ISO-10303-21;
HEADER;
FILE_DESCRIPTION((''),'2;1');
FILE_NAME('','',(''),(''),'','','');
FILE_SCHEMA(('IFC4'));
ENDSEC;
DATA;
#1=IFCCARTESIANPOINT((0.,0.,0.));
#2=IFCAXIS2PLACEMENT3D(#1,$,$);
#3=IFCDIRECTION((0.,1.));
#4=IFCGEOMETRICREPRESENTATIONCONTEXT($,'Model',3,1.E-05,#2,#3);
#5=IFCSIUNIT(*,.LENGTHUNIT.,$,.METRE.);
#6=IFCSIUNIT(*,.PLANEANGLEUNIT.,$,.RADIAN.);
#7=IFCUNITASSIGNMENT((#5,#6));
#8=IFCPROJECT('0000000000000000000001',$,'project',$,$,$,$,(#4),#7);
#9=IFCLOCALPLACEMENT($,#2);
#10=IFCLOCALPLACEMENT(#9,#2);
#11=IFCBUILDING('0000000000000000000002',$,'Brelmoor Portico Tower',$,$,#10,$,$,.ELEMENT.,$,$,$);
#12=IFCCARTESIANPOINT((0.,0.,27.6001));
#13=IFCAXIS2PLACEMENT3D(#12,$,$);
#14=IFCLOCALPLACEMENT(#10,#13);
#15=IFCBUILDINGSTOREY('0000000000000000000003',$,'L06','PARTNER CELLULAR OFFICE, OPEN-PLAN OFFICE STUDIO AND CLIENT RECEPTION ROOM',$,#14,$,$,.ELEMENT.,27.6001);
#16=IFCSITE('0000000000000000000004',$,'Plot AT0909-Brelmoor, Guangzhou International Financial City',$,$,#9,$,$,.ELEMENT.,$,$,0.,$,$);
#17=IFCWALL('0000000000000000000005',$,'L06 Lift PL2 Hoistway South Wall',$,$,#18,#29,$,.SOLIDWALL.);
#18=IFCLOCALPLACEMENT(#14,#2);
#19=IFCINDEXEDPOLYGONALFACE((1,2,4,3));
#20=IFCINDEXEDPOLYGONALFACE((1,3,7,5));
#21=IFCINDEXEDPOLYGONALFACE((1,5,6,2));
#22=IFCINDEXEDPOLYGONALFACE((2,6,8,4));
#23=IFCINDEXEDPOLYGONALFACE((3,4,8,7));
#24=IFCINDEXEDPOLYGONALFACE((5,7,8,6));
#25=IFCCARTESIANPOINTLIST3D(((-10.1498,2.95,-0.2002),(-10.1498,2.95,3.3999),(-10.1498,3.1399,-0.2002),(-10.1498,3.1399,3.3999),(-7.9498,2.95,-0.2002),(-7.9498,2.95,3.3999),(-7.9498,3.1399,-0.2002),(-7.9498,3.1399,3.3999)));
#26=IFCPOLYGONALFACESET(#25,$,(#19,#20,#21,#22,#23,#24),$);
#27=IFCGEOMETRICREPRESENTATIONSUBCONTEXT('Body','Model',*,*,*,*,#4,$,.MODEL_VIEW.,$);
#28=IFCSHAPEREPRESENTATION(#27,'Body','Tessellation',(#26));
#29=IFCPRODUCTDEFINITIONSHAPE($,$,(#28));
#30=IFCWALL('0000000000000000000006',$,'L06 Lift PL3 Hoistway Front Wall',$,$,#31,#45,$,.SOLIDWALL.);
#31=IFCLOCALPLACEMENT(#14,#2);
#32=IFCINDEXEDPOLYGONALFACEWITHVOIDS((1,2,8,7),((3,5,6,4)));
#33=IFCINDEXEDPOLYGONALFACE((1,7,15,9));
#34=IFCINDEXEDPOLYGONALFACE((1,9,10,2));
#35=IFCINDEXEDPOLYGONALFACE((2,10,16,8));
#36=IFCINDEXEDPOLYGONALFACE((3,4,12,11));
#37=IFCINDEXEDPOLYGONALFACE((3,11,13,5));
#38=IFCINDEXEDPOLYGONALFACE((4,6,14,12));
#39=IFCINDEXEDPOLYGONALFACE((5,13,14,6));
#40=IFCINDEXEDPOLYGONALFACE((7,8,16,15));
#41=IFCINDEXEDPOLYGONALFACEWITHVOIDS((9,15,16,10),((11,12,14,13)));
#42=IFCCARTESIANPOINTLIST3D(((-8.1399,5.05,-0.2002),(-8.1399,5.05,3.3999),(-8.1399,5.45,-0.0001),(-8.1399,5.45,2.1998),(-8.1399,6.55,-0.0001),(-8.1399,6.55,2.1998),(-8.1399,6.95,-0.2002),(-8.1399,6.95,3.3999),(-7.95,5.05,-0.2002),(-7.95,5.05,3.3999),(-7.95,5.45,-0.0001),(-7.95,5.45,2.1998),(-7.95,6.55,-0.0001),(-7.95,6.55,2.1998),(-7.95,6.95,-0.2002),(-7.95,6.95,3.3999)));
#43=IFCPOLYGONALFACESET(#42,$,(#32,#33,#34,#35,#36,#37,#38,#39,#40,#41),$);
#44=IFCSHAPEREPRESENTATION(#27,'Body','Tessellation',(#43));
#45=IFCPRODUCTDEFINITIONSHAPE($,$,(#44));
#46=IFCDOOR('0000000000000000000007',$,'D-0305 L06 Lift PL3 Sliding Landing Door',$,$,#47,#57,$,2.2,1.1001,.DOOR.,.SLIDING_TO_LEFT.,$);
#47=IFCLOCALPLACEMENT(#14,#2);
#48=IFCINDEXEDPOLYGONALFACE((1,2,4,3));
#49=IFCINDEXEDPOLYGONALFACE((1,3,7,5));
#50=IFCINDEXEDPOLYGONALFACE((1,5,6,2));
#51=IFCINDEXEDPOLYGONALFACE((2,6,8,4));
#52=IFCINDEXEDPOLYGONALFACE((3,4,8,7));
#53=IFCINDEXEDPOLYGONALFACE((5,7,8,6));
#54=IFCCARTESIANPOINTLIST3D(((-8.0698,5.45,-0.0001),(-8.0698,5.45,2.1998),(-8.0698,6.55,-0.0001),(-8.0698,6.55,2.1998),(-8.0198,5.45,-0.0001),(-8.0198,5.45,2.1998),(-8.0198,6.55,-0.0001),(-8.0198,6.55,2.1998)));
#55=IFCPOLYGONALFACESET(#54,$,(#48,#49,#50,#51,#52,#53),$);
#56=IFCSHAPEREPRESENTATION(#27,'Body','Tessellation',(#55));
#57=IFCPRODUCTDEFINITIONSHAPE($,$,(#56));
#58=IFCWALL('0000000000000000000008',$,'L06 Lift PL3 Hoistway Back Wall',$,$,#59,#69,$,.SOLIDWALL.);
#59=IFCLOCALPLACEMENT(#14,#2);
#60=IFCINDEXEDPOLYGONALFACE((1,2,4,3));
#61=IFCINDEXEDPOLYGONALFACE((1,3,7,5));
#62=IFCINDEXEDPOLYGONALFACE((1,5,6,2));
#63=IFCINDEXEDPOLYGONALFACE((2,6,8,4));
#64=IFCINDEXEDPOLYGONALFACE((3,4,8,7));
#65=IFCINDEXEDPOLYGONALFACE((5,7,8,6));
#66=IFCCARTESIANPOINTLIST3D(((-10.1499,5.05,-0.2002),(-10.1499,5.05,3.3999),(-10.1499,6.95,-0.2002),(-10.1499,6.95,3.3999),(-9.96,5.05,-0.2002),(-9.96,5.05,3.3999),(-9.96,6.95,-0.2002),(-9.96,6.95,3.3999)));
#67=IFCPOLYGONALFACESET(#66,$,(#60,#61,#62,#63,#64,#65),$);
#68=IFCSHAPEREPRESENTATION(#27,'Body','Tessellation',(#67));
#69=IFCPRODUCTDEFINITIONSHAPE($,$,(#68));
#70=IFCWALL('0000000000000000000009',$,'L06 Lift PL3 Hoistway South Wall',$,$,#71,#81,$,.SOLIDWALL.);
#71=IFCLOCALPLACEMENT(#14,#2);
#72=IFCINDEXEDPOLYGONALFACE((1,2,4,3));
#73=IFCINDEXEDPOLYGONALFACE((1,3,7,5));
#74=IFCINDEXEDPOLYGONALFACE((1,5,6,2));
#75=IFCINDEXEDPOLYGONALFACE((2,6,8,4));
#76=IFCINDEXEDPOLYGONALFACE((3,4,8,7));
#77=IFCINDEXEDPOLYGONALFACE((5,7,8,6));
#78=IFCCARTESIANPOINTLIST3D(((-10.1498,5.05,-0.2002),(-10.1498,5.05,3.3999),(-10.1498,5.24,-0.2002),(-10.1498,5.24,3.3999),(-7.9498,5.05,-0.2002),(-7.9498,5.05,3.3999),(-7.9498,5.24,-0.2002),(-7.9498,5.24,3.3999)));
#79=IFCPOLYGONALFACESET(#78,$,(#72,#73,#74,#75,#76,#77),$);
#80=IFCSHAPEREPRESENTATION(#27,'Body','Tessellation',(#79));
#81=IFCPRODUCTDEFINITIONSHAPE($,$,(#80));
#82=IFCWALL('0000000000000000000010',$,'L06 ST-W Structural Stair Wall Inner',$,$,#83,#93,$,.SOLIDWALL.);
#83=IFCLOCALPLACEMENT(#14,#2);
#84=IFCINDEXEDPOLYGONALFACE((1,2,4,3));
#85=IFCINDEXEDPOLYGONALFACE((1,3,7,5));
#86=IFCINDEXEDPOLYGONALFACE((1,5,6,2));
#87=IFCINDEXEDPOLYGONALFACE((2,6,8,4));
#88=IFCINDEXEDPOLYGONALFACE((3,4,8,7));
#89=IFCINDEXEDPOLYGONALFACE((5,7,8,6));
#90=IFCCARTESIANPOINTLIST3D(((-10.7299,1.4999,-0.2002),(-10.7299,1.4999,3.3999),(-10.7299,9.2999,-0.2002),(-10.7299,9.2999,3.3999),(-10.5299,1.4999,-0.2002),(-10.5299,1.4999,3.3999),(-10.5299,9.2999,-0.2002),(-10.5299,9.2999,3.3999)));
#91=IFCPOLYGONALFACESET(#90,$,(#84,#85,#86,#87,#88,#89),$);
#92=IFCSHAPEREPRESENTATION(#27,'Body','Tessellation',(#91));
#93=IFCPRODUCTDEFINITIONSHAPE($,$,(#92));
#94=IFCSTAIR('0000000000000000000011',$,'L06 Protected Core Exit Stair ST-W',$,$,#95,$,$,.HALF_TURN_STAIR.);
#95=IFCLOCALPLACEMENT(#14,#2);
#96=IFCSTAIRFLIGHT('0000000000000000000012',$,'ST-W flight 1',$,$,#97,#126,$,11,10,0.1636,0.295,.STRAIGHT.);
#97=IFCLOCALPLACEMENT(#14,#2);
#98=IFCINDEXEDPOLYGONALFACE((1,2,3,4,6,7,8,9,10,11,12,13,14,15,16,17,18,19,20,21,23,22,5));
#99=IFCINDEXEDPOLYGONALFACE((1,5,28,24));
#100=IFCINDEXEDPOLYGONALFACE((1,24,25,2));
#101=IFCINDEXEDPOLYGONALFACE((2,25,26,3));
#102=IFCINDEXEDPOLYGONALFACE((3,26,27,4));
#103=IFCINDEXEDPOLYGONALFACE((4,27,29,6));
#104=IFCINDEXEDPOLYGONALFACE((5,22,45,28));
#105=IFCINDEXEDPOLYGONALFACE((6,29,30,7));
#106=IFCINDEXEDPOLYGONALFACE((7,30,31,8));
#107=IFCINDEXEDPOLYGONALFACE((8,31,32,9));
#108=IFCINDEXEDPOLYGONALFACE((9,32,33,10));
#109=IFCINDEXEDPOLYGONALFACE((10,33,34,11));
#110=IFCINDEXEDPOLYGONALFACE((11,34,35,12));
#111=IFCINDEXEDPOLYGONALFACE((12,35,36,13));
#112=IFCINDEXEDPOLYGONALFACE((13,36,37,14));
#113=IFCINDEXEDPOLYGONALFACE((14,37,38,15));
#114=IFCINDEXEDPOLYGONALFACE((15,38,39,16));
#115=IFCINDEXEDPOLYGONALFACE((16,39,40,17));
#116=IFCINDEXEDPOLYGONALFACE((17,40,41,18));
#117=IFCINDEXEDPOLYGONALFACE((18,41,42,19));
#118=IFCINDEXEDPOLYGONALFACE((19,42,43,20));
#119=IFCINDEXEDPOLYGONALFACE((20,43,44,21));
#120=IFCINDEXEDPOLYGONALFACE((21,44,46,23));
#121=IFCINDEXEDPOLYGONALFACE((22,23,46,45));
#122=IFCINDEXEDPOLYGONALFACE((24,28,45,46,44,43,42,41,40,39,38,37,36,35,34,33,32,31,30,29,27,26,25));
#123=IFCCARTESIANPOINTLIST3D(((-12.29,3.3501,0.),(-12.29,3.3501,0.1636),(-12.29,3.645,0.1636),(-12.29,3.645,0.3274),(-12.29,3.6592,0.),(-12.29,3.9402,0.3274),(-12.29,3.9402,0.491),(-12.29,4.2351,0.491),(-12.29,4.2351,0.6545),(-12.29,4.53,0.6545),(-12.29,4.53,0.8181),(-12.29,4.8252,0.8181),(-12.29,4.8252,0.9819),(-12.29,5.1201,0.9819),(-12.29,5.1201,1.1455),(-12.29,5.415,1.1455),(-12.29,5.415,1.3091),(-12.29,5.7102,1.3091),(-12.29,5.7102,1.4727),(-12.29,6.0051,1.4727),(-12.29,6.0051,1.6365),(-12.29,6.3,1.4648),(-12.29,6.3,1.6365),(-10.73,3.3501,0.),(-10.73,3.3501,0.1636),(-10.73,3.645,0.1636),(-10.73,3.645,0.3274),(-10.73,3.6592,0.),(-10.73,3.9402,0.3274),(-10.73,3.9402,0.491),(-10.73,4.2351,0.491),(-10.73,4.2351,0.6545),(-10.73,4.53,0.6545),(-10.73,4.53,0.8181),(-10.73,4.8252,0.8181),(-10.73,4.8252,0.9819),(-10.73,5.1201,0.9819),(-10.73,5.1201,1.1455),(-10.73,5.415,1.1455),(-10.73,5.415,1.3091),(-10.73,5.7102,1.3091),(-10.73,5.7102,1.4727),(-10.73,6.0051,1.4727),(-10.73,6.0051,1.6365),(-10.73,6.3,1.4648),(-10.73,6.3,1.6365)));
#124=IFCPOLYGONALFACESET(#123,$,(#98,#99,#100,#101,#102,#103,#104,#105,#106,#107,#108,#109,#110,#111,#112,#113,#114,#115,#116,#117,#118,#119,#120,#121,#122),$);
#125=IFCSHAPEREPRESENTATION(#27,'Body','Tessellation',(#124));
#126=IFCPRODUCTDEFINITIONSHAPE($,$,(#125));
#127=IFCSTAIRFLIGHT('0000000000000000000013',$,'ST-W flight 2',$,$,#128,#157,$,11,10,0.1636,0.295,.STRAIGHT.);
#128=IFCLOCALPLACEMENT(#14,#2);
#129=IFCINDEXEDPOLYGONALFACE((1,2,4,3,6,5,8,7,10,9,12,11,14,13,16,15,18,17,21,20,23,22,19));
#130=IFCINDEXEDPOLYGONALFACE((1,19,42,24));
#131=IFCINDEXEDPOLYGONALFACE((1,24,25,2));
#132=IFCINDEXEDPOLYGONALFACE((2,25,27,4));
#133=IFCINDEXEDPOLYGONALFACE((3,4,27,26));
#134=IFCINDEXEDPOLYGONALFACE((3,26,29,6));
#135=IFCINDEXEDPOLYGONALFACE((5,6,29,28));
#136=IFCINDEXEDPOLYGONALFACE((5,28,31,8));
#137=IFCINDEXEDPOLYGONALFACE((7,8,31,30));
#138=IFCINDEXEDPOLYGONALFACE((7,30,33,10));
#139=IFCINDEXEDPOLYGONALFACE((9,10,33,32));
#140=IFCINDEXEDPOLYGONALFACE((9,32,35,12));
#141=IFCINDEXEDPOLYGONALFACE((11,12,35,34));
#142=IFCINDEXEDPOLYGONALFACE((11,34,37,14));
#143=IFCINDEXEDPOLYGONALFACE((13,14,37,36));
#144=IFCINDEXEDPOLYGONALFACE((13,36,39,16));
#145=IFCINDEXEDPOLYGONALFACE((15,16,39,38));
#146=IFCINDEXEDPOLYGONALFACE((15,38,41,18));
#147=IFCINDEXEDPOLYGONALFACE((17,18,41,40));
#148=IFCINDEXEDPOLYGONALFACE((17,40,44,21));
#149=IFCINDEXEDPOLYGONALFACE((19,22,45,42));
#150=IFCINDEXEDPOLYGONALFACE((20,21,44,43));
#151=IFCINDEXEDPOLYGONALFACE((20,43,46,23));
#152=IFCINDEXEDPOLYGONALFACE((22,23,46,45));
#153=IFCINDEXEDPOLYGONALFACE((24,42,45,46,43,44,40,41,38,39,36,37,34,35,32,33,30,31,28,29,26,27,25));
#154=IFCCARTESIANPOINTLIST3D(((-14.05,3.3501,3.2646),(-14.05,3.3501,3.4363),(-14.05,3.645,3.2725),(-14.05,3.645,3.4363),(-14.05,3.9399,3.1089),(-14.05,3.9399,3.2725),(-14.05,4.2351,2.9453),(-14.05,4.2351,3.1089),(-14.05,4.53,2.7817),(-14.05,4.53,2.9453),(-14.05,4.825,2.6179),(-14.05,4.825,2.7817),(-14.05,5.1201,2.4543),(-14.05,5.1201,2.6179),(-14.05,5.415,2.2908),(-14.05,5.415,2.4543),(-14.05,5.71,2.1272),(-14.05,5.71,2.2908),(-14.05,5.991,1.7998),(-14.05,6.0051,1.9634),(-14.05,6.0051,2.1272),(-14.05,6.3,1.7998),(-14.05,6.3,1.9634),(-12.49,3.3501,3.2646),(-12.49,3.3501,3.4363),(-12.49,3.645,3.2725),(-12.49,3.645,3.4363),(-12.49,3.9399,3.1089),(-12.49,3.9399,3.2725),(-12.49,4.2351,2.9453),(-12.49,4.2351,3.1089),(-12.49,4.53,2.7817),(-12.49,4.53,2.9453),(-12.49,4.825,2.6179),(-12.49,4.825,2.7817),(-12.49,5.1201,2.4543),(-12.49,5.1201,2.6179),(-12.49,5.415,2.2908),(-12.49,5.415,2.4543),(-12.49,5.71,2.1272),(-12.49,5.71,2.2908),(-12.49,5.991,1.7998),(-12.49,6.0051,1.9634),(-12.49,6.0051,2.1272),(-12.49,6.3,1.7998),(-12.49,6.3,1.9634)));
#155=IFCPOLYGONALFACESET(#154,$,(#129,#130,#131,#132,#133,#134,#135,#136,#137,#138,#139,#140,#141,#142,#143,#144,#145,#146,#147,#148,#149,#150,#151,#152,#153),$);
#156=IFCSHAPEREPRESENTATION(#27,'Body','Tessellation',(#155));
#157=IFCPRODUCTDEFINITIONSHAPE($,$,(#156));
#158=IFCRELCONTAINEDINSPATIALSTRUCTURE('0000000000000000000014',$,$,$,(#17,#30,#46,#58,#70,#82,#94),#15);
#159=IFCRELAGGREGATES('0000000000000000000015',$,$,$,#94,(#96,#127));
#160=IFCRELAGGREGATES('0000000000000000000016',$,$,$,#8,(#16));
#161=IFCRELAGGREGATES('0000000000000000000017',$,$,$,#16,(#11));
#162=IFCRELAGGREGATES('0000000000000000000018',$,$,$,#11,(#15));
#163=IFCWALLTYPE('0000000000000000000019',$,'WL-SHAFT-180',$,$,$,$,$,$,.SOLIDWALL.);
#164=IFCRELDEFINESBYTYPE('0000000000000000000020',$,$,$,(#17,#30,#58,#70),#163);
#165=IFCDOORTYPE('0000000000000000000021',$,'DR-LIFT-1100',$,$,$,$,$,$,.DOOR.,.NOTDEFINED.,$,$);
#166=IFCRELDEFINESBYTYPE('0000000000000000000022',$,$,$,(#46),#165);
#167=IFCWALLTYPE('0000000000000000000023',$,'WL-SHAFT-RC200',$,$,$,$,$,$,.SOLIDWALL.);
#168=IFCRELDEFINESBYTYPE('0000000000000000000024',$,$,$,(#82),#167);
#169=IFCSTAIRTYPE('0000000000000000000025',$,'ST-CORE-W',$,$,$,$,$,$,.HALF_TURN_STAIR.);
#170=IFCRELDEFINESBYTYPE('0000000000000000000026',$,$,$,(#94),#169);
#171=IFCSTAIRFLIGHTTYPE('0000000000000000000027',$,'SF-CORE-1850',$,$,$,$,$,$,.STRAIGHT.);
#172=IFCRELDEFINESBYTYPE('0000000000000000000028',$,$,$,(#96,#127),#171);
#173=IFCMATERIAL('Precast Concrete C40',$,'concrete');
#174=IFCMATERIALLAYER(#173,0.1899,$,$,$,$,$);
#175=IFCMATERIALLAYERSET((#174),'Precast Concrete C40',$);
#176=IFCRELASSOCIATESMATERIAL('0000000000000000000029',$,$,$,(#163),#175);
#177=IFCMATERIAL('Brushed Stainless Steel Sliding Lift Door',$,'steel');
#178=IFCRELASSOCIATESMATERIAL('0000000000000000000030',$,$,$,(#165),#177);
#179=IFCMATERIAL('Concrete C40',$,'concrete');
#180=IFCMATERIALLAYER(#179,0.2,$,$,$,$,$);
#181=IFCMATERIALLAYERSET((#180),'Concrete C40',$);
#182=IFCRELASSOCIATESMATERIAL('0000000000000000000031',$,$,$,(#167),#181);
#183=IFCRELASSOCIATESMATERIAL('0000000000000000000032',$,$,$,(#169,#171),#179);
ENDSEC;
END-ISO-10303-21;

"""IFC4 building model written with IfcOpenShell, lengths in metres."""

from ifc_helpers import new_model, si_unit, direction, frame, frame_2d, origin, place, context, subcontext, project, spatial, polyline, rectangle, outline, extrude, material, layer, layer_set, type_object, element, fill, aggregate, save


model = new_model("IFC4")

# Units and contexts
model_context = context("Model", 3, precision=1e-05, world=origin(), true_north=direction((0.0, 1.0)))
body_context = subcontext(model_context, "Body", "Model", "MODEL_VIEW")
ifc_project = project(units=[si_unit("LENGTHUNIT", "METRE"), si_unit("PLANEANGLEUNIT", "RADIAN")], contexts=[model_context])

# Site, building, storey
site_placement = place(None, origin())
site = spatial("IfcSite", under=ifc_project, at=site_placement, Name="Plot AT0909-Brelmoor, Guangzhou International Financial City", CompositionType="ELEMENT", RefElevation=0.0)
building_placement = place(site_placement, origin())
building = spatial("IfcBuilding", under=site, at=building_placement, Name="Brelmoor Portico Tower", CompositionType="ELEMENT")
storey_placement = place(building_placement, frame((0.0, 0.0, 27.6001)))
storey = spatial("IfcBuildingStorey", under=building, at=storey_placement, Name="L06", Description="PARTNER CELLULAR OFFICE, OPEN-PLAN OFFICE STUDIO AND CLIENT RECEPTION ROOM", CompositionType="ELEMENT", Elevation=27.6001)

# Shared definitions
ifc_material_1 = material(Name="Concrete C40", Category="concrete")

# Shared definitions
ifc_material_2 = material(Name="Precast Concrete C40", Category="concrete")
ifc_layer_1 = layer(ifc_material_2, 0.1899)
ifc_layer_set_1 = layer_set([ifc_layer_1], Name="Precast Concrete C40")
wall_type_1 = type_object("IfcWallType", Name="WL-SHAFT-180", PredefinedType="SOLIDWALL", material=ifc_layer_set_1)
ifc_material_3 = material(Name="Brushed Stainless Steel Sliding Lift Door", Category="steel")
door_type_1 = type_object("IfcDoorType", Name="DR-LIFT-1100", OperationType="NOTDEFINED", PredefinedType="DOOR", material=ifc_material_3)

# Wall
for number, where, z_axis, x_axis, name in (
    (1, (-10.1499, 3.0449, -0.2002), (0.0, 0.0, 1.0), (1.0, 0.0, 0.0), "L06 Lift PL2 Hoistway South Wall"),
):
    element("IfcWall", number, at=place(storey_placement, frame(where, z_axis=z_axis, x_axis=x_axis)), inside=storey, type_object=wall_type_1, Name=name, PredefinedType="SOLIDWALL", context=body_context, shape_type="SweptSolid", body=[
        extrude(rectangle(XDim=2.2, YDim=0.1899, at=frame_2d((1.1001, 0.0))), origin(), (0.0, 0.0, 1.0), 3.6001),
    ])

# Wall, opening, door
wall_1_placement = place(storey_placement, frame((-8.0449, 5.05, -0.2002), z_axis=(0.0, 0.0, 1.0), x_axis=(0.0, 1.0, 0.0)))
wall_1 = element("IfcWall", 2, at=wall_1_placement, inside=storey, type_object=wall_type_1, Name="L06 Lift PL3 Hoistway Front Wall", PredefinedType="SOLIDWALL", context=body_context, shape_type="SweptSolid", body=[
    extrude(rectangle(XDim=1.8999, YDim=0.1899, at=frame_2d((0.95, 0.0))), origin(), (0.0, 0.0, 1.0), 3.6001),
])
opening_1_placement = place(wall_1_placement, frame((0.3999, 0.0, 0.2)))
opening_1 = element("IfcOpeningElement", 3, at=opening_1_placement, cuts=wall_1, PredefinedType="OPENING", context=body_context, shape_type="SweptSolid", body=[
    extrude(rectangle(XDim=1.1001, YDim=2.2, at=frame_2d((0.55, 1.1001))), frame((0.0, 0.105, 0.0), z_axis=(0.0, -1.0, 0.0), x_axis=(1.0, 0.0, 0.0)), (0.0, 0.0, 1.0), 0.21),
])
door_1_placement = place(opening_1_placement, origin())
door_1 = element("IfcDoor", 4, at=door_1_placement, inside=storey, type_object=door_type_1, Name="D-0305 L06 Lift PL3 Sliding Landing Door", OperationType="SLIDING_TO_LEFT", OverallHeight=2.2, OverallWidth=1.1001, PredefinedType="DOOR", context=body_context, shape_type="SweptSolid", body=[
    extrude(rectangle(XDim=1.1001, YDim=2.2, at=frame_2d((0.55, 1.1001))), frame((0.0, 0.0249, 0.0), z_axis=(0.0, -1.0, 0.0), x_axis=(1.0, 0.0, 0.0)), (0.0, 0.0, 1.0), 0.05),
])
fill(opening_1, door_1)

# Walls
wall_2_placement = place(storey_placement, frame((-10.0549, 5.05, -0.2002), z_axis=(0.0, 0.0, 1.0), x_axis=(0.0, 1.0, 0.0)))
element("IfcWall", 5, at=wall_2_placement, inside=storey, type_object=wall_type_1, Name="L06 Lift PL3 Hoistway Back Wall", PredefinedType="SOLIDWALL", context=body_context, shape_type="SweptSolid", body=[
    extrude(rectangle(XDim=1.8999, YDim=0.1899, at=frame_2d((0.95, 0.0))), origin(), (0.0, 0.0, 1.0), 3.6001),
])
wall_3_placement = place(storey_placement, frame((-10.1499, 5.145, -0.2002), z_axis=(0.0, 0.0, 1.0), x_axis=(1.0, 0.0, 0.0)))
element("IfcWall", 6, at=wall_3_placement, inside=storey, type_object=wall_type_1, Name="L06 Lift PL3 Hoistway South Wall", PredefinedType="SOLIDWALL", context=body_context, shape_type="SweptSolid", body=[
    extrude(rectangle(XDim=2.2, YDim=0.1899, at=frame_2d((1.1001, 0.0))), origin(), (0.0, 0.0, 1.0), 3.6001),
])
ifc_layer_2 = layer(ifc_material_1, 0.2)
ifc_layer_set_2 = layer_set([ifc_layer_2], Name="Concrete C40")
wall_type_2 = type_object("IfcWallType", Name="WL-SHAFT-RC200", PredefinedType="SOLIDWALL", material=ifc_layer_set_2)
wall_4_placement = place(storey_placement, frame((-10.6299, 1.5, -0.2002), z_axis=(0.0, 0.0, 1.0), x_axis=(0.0, 1.0, 0.0)))
element("IfcWall", 7, at=wall_4_placement, inside=storey, type_object=wall_type_2, Name="L06 ST-W Structural Stair Wall Inner", PredefinedType="SOLIDWALL", context=body_context, shape_type="SweptSolid", body=[
    extrude(rectangle(XDim=7.8, YDim=0.2, at=frame_2d((3.8999, 0.0))), origin(), (0.0, 0.0, 1.0), 3.6001),
])

# Stair, stair flights
stair_type = type_object("IfcStairType", Name="ST-CORE-W", PredefinedType="HALF_TURN_STAIR", material=ifc_material_1)
stair_placement = place(storey_placement, origin())
stair = element("IfcStair", 8, at=stair_placement, inside=storey, type_object=stair_type, Name="L06 Protected Core Exit Stair ST-W", PredefinedType="HALF_TURN_STAIR")
stair_flight_type = type_object("IfcStairFlightType", Name="SF-CORE-1850", PredefinedType="STRAIGHT", material=ifc_material_1)
stair_flight_1_placement = place(storey_placement, frame((-11.51, 3.3501, 0.0), z_axis=(0.0, 0.0, 1.0), x_axis=(0.0, 1.0, 0.0)))
stair_flight_1 = element("IfcStairFlight", 9, at=stair_flight_1_placement, type_object=stair_flight_type, Name="ST-W flight 1", NumberOfRisers=11, NumberOfTreads=10, PredefinedType="STRAIGHT", RiserHeight=0.1636, TreadLength=0.295, context=body_context, shape_type="SweptSolid", body=[
    extrude(outline(polyline([(0.0, 0.0), (0.0, 0.1636), (0.2949, 0.1636), (0.2949, 0.3274), (0.5901, 0.3274), (0.5901, 0.491), (0.885, 0.491), (0.885, 0.6545), (1.1799, 0.6545), (1.1799, 0.8181), (1.4751, 0.8181), (1.4751, 0.9819), (1.77, 0.9819), (1.77, 1.1455), (2.0649, 1.1455), (2.0649, 1.3091), (2.3601, 1.3091), (2.3601, 1.4727), (2.655, 1.4727), (2.655, 1.6365), (2.95, 1.6365), (2.95, 1.8), (2.95, 1.4648), (0.3091, 0.0), (0.0, 0.0)])), frame((0.0, 0.78, 0.0), z_axis=(0.0, -1.0, 0.0), x_axis=(1.0, 0.0, 0.0)), (0.0, 0.0, 1.0), 1.5601),
])
stair_flight_2_placement = place(storey_placement, frame((-13.27, 6.3, 1.7998), z_axis=(0.0, 0.0, 1.0), x_axis=(0.0, -1.0, 0.0)))
stair_flight_2 = element("IfcStairFlight", 10, at=stair_flight_2_placement, type_object=stair_flight_type, Name="ST-W flight 2", NumberOfRisers=11, NumberOfTreads=10, PredefinedType="STRAIGHT", RiserHeight=0.1636, TreadLength=0.295, context=body_context, shape_type="SweptSolid", body=[
    extrude(outline(polyline([(0.0, 0.0), (0.0, 0.1636), (0.2949, 0.1636), (0.2949, 0.3274), (0.5901, 0.3274), (0.5901, 0.491), (0.885, 0.491), (0.885, 0.6545), (1.1799, 0.6545), (1.1799, 0.8181), (1.4751, 0.8181), (1.4751, 0.9819), (1.77, 0.9819), (1.77, 1.1455), (2.0649, 1.1455), (2.0649, 1.3091), (2.3601, 1.3091), (2.3601, 1.4727), (2.655, 1.4727), (2.655, 1.6365), (2.95, 1.6365), (2.95, 1.8), (2.95, 1.4648), (0.3091, 0.0), (0.0, 0.0)])), frame((0.0, 0.78, 0.0), z_axis=(0.0, -1.0, 0.0), x_axis=(1.0, 0.0, 0.0)), (0.0, 0.0, 1.0), 1.5601),
])
aggregate(stair, [stair_flight_1, stair_flight_2])

save(model, "model.ifc")
